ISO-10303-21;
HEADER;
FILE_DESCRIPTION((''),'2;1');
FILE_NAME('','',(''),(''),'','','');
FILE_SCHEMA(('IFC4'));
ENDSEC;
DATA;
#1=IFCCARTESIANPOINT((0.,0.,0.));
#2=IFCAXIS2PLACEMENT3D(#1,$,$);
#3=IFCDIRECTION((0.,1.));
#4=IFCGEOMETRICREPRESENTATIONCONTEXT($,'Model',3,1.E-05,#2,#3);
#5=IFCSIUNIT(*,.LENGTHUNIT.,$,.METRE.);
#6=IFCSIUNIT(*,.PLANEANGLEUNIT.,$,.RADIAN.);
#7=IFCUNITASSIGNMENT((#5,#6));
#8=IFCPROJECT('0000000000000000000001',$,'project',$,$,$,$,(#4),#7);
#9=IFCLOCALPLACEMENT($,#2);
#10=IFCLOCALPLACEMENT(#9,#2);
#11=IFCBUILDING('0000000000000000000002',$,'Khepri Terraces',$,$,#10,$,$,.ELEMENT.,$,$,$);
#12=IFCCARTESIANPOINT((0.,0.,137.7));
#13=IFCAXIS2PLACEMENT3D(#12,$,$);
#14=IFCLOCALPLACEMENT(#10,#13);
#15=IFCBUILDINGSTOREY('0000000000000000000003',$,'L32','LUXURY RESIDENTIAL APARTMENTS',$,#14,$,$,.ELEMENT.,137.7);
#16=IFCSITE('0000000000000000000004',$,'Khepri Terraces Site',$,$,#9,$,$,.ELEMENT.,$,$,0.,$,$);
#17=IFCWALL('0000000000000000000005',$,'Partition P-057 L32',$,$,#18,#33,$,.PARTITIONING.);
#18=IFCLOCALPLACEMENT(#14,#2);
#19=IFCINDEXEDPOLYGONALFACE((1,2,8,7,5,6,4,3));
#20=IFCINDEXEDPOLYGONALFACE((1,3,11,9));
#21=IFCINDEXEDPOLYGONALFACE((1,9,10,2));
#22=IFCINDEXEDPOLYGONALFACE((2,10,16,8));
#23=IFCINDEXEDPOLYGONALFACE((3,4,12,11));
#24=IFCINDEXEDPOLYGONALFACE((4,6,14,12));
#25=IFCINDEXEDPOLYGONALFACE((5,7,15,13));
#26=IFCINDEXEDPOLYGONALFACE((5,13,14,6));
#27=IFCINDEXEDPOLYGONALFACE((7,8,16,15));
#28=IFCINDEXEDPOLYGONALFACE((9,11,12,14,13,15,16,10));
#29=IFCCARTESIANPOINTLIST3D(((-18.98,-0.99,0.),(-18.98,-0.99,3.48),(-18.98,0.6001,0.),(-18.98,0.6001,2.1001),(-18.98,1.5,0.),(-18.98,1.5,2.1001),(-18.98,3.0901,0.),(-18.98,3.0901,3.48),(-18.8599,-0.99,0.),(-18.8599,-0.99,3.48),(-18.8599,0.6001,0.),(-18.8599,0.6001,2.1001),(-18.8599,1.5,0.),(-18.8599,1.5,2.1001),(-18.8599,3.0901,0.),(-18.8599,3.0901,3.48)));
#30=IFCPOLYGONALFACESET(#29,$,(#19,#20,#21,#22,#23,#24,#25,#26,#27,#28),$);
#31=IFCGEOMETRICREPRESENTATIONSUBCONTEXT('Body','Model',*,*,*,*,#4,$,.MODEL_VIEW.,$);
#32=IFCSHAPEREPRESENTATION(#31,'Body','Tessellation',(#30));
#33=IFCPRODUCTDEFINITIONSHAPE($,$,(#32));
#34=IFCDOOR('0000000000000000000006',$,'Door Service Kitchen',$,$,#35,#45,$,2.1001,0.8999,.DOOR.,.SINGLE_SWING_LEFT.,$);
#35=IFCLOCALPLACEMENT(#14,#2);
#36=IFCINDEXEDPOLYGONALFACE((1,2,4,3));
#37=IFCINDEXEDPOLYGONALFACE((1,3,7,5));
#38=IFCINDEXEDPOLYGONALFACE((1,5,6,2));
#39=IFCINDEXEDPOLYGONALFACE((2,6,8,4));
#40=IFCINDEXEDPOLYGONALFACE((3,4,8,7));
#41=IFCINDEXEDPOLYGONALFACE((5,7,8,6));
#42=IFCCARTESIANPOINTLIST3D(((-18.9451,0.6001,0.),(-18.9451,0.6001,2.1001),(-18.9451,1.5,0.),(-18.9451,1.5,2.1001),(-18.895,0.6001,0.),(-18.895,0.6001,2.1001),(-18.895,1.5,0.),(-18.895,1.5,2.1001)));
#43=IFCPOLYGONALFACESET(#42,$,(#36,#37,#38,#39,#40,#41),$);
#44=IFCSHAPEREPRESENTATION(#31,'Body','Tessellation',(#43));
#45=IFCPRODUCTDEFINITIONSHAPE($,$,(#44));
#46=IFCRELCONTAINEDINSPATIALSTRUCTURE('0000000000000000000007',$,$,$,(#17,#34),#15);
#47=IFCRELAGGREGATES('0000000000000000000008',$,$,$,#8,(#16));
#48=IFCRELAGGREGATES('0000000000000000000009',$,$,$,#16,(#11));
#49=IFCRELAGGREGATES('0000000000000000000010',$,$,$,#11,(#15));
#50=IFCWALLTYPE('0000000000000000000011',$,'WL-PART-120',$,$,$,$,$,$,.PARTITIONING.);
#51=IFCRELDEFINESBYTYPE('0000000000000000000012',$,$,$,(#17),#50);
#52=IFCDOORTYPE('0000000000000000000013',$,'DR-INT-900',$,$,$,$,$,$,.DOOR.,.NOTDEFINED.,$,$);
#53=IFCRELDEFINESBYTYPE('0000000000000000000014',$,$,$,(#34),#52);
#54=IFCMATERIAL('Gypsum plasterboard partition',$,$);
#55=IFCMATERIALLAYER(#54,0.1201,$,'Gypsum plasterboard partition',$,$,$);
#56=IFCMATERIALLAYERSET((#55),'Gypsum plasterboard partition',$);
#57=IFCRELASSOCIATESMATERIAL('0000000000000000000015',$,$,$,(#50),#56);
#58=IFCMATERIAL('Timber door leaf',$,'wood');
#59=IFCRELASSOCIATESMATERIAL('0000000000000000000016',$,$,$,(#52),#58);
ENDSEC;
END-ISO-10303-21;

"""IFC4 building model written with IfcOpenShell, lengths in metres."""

from ifc_helpers import new_model, si_unit, direction, frame, frame_2d, origin, place, context, subcontext, project, spatial, rectangle, extrude, material, layer, layer_set, type_object, element, fill, save


model = new_model("IFC4")

# Units and contexts
model_context = context("Model", 3, precision=1e-05, world=origin(), true_north=direction((0.0, 1.0)))
body_context = subcontext(model_context, "Body", "Model", "MODEL_VIEW")
ifc_project = project(units=[si_unit("LENGTHUNIT", "METRE"), si_unit("PLANEANGLEUNIT", "RADIAN")], contexts=[model_context])

# Site, building, storey
site_placement = place(None, origin())
site = spatial("IfcSite", under=ifc_project, at=site_placement, Name="Khepri Terraces Site", CompositionType="ELEMENT", RefElevation=0.0)
building_placement = place(site_placement, origin())
building = spatial("IfcBuilding", under=site, at=building_placement, Name="Khepri Terraces", CompositionType="ELEMENT")
storey_placement = place(building_placement, frame((0.0, 0.0, 137.7)))
storey = spatial("IfcBuildingStorey", under=building, at=storey_placement, Name="L32", Description="LUXURY RESIDENTIAL APARTMENTS", CompositionType="ELEMENT", Elevation=137.7)

# Wall, opening, door
ifc_material_1 = material(Name="Gypsum plasterboard partition")
ifc_layer_1 = layer(ifc_material_1, 0.1201, Name="Gypsum plasterboard partition")
ifc_layer_set_1 = layer_set([ifc_layer_1], Name="Gypsum plasterboard partition")
wall_type_1 = type_object("IfcWallType", Name="WL-PART-120", PredefinedType="PARTITIONING", material=ifc_layer_set_1)
wall_1_placement = place(storey_placement, frame((-18.9199, -0.99, 0.0), z_axis=(0.0, 0.0, 1.0), x_axis=(0.0, 1.0, 0.0)))
wall_1 = element("IfcWall", 1, at=wall_1_placement, inside=storey, type_object=wall_type_1, Name="Partition P-057 L32", PredefinedType="PARTITIONING", context=body_context, shape_type="SweptSolid", body=[
    extrude(rectangle(XDim=4.0801, YDim=0.1201, at=frame_2d((2.04, 0.0))), origin(), (0.0, 0.0, 1.0), 3.48),
])
opening_1_placement = place(wall_1_placement, frame((1.5901, 0.0, 0.0)))
opening_1 = element("IfcOpeningElement", 2, at=opening_1_placement, cuts=wall_1, PredefinedType="OPENING", context=body_context, shape_type="SweptSolid", body=[
    extrude(rectangle(XDim=0.8999, YDim=2.1001, at=frame_2d((0.45, 1.05))), frame((0.0, 0.0701, 0.0), z_axis=(0.0, -1.0, 0.0), x_axis=(1.0, 0.0, 0.0)), (0.0, 0.0, 1.0), 0.1401),
])
ifc_material_2 = material(Name="Timber door leaf", Category="wood")
door_type_1 = type_object("IfcDoorType", Name="DR-INT-900", OperationType="NOTDEFINED", PredefinedType="DOOR", material=ifc_material_2)
door_1_placement = place(opening_1_placement, frame((0.8999, 0.0, 0.0), z_axis=(0.0, 0.0, 1.0), x_axis=(-1.0, 0.0, 0.0)))
door_1 = element("IfcDoor", 3, at=door_1_placement, inside=storey, type_object=door_type_1, Name="Door Service Kitchen", OperationType="SINGLE_SWING_LEFT", OverallHeight=2.1001, OverallWidth=0.8999, PredefinedType="DOOR", context=body_context, shape_type="SweptSolid", body=[
    extrude(rectangle(XDim=0.8999, YDim=2.1001, at=frame_2d((0.45, 1.05))), frame((0.0, 0.0249, 0.0), z_axis=(0.0, -1.0, 0.0), x_axis=(1.0, 0.0, 0.0)), (0.0, 0.0, 1.0), 0.05),
])
fill(opening_1, door_1)

save(model, "model.ifc")
